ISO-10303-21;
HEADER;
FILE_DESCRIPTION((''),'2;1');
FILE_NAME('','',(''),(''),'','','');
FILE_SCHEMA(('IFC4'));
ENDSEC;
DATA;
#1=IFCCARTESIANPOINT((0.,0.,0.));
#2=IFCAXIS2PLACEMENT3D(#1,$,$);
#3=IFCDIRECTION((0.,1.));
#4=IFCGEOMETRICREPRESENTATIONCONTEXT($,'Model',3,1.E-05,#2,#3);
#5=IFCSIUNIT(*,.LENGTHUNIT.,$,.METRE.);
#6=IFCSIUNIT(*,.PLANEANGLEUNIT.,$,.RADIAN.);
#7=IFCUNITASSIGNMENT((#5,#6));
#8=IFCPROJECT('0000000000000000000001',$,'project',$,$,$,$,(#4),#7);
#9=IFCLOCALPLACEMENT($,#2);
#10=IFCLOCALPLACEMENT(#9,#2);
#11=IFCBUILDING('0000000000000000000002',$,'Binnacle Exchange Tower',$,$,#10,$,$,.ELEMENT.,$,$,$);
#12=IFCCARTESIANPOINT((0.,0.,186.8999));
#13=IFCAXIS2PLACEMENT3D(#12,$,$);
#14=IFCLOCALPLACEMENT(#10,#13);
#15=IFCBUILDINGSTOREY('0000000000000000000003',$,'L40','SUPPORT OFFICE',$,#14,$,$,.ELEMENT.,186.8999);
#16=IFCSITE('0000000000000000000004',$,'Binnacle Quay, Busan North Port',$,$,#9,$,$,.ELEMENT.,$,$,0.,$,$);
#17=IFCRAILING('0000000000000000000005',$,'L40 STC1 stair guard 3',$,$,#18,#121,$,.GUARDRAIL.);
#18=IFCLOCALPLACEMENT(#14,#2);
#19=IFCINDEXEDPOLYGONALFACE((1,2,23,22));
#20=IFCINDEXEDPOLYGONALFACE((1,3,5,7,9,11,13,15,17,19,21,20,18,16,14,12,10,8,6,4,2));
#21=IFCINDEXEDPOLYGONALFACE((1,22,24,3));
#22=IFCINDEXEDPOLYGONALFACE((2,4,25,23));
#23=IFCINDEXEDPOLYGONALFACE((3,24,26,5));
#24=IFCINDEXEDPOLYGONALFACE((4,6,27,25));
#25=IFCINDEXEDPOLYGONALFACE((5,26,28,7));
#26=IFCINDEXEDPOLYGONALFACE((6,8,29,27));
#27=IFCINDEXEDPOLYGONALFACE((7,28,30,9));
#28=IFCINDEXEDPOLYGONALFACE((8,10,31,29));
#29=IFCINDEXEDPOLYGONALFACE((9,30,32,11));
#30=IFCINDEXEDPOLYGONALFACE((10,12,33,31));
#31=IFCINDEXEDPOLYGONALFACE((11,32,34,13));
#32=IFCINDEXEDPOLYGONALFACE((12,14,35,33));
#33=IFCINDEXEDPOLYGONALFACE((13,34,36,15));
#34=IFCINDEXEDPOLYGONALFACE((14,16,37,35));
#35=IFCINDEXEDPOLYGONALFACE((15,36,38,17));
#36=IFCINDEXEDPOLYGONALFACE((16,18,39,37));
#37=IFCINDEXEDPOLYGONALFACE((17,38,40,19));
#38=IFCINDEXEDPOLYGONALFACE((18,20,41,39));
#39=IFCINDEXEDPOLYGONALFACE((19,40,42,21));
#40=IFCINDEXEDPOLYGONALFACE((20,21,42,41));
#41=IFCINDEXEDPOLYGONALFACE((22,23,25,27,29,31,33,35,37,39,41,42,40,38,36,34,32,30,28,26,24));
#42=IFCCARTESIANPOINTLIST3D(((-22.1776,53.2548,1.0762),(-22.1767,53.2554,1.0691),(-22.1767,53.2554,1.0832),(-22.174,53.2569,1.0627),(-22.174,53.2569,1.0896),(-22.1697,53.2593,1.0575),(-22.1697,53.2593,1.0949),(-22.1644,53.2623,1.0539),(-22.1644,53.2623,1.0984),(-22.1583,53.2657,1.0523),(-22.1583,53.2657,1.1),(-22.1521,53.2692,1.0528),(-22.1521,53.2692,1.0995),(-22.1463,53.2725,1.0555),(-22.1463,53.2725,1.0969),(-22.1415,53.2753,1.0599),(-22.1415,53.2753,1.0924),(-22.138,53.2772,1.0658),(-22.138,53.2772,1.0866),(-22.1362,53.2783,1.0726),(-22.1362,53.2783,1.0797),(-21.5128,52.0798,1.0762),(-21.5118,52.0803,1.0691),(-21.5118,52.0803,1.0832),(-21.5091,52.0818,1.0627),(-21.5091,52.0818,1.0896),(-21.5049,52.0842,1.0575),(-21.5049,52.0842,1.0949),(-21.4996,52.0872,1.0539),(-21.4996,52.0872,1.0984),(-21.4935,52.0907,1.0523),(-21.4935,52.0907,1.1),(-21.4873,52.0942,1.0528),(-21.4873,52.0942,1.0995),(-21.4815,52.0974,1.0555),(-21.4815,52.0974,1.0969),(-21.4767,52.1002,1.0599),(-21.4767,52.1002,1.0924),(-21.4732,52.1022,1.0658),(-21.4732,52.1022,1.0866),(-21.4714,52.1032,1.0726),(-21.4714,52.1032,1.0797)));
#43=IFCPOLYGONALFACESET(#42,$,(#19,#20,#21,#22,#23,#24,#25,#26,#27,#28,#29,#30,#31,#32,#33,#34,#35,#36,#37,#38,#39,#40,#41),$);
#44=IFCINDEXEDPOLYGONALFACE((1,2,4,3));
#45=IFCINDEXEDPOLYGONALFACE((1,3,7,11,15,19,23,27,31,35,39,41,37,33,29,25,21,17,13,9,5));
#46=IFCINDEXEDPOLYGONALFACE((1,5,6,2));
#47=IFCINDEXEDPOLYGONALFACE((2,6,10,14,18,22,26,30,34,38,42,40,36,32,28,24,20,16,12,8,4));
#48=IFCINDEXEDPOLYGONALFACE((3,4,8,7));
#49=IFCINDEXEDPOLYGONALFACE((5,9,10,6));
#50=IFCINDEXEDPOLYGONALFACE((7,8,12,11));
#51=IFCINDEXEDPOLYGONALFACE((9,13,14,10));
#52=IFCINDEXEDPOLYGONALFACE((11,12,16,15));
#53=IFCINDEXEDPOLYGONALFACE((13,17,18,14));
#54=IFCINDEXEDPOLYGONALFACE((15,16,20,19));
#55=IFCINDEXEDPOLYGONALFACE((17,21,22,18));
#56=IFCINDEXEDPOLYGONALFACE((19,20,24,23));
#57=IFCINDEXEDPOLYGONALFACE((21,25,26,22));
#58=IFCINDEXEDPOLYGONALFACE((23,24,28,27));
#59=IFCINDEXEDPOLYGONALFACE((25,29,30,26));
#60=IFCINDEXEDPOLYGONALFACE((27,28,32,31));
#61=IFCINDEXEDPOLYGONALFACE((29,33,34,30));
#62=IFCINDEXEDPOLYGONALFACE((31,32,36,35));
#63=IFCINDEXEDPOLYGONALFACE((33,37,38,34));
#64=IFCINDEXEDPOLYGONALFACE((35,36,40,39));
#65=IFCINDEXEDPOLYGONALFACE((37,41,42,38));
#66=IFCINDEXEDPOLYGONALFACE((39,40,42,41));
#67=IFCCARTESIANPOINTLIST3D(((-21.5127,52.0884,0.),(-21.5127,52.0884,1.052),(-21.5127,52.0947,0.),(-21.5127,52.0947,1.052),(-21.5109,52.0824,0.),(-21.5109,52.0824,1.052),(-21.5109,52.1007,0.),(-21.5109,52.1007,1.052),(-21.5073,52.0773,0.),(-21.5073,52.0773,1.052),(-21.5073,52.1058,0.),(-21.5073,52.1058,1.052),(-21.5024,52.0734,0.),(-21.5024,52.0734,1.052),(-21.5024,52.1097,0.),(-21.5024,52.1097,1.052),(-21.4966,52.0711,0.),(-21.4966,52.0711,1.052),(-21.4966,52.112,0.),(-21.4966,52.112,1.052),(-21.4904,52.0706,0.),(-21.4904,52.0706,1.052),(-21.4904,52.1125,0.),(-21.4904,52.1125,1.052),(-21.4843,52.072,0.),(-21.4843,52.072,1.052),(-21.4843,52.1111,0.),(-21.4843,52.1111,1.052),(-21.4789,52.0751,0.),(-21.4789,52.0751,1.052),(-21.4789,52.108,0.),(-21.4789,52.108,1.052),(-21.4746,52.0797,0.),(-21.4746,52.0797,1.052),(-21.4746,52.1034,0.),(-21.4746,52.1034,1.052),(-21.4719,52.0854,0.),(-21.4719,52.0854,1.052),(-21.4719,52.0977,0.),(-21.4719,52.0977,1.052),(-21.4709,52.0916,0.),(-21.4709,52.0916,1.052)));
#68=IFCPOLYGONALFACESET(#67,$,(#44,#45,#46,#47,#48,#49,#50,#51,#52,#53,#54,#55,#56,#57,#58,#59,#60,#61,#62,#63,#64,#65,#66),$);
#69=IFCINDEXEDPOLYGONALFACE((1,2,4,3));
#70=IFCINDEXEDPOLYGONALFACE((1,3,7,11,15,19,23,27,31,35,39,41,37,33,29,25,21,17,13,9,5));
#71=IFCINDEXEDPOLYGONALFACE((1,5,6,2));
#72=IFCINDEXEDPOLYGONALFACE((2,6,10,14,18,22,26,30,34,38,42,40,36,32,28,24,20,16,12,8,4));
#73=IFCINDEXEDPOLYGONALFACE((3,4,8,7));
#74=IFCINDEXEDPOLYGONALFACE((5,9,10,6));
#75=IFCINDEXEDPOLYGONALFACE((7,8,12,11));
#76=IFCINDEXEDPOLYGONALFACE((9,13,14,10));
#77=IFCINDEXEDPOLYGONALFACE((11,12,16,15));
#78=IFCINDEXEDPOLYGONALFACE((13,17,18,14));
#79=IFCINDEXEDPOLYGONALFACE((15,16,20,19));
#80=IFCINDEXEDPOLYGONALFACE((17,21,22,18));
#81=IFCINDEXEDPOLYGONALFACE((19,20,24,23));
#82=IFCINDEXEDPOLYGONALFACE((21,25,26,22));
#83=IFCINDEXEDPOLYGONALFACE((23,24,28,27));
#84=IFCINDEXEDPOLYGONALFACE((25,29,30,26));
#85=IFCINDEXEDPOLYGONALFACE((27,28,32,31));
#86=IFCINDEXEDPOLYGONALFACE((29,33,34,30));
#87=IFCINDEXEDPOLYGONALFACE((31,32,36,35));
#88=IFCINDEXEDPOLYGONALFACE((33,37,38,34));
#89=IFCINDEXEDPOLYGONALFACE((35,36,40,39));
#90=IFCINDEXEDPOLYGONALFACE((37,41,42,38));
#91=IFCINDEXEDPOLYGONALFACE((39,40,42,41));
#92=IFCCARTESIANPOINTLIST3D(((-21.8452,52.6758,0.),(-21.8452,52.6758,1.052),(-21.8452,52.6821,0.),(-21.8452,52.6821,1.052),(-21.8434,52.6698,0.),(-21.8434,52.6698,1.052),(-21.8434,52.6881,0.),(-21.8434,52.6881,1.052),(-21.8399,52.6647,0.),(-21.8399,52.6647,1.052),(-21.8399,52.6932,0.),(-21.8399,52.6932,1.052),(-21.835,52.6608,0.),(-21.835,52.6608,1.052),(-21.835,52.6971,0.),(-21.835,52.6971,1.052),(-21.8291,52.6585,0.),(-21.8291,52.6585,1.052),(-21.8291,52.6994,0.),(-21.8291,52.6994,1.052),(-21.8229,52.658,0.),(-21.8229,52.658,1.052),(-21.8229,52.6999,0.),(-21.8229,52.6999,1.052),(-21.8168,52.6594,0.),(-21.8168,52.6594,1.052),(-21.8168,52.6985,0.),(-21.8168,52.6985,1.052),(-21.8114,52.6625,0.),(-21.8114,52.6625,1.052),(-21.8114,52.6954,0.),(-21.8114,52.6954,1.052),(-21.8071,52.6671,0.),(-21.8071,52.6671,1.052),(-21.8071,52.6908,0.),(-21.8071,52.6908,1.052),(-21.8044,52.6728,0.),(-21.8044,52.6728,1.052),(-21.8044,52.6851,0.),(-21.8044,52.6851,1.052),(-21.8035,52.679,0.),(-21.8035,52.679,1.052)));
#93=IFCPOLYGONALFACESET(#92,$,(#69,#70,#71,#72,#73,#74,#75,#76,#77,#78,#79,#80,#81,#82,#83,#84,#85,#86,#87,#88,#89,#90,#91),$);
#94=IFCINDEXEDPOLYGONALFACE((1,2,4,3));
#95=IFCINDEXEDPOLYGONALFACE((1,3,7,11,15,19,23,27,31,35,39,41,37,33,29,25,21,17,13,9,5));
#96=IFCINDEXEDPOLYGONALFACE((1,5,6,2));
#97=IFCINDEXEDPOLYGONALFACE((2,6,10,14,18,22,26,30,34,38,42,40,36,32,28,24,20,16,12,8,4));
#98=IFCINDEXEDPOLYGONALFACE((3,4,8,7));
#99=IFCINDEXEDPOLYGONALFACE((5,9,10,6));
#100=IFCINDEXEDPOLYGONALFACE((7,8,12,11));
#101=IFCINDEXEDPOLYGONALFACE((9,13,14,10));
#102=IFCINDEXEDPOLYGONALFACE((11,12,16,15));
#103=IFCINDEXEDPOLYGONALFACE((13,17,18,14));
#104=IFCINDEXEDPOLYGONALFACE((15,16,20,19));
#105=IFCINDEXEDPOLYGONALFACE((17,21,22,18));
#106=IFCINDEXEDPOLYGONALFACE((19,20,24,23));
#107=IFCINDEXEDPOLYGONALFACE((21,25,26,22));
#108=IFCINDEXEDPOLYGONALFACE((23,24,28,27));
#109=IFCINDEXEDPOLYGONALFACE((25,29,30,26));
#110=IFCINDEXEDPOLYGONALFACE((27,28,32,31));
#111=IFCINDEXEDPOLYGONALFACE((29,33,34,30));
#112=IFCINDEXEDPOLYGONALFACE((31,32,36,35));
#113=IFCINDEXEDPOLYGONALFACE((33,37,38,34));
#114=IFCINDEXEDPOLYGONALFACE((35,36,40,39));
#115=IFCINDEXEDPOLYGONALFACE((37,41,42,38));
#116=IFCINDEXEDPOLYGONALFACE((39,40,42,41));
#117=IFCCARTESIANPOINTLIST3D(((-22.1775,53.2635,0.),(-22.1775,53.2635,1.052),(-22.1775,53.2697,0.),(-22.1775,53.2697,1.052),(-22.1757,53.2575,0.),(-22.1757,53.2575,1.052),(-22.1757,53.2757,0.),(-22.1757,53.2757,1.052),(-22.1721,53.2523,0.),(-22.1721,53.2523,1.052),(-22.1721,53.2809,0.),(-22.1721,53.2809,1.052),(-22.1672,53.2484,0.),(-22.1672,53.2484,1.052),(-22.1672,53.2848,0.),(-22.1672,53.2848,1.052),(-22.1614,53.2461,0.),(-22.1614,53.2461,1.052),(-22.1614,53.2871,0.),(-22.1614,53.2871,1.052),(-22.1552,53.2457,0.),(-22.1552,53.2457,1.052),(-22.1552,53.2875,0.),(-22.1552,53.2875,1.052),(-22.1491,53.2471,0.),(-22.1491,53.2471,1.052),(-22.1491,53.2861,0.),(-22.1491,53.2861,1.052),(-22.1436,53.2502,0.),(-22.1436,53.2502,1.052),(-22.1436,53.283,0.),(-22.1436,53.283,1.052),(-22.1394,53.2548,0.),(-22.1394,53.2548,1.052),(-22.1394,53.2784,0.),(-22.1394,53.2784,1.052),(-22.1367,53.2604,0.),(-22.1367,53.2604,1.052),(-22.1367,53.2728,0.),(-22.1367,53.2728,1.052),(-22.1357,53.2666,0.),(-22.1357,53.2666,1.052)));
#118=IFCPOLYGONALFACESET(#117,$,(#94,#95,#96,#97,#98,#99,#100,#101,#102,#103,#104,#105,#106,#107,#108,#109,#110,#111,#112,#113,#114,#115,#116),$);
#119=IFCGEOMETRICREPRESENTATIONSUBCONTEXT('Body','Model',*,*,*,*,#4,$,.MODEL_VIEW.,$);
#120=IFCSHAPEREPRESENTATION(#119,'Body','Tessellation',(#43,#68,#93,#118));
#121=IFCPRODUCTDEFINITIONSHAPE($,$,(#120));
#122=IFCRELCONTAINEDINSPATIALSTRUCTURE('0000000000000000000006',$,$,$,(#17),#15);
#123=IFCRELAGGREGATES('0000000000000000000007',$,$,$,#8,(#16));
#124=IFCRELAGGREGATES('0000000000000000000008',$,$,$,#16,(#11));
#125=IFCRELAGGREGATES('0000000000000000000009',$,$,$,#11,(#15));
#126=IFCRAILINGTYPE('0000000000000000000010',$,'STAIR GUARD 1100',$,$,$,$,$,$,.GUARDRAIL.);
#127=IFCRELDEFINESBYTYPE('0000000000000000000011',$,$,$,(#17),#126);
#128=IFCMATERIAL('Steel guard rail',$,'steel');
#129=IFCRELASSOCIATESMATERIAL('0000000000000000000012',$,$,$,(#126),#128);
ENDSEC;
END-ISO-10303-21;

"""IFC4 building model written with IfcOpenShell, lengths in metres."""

from ifc_helpers import new_model, si_unit, direction, frame, origin, origin_2d, place, context, subcontext, project, spatial, circle, extrude, material, type_object, element, save


model = new_model("IFC4")

# Units and contexts
model_context = context("Model", 3, precision=1e-05, world=origin(), true_north=direction((0.0, 1.0)))
body_context = subcontext(model_context, "Body", "Model", "MODEL_VIEW")
ifc_project = project(units=[si_unit("LENGTHUNIT", "METRE"), si_unit("PLANEANGLEUNIT", "RADIAN")], contexts=[model_context])

# Site, building, storey
site_placement = place(None, origin())
site = spatial("IfcSite", under=ifc_project, at=site_placement, Name="Binnacle Quay, Busan North Port", CompositionType="ELEMENT", RefElevation=0.0)
building_placement = place(site_placement, origin())
building = spatial("IfcBuilding", under=site, at=building_placement, Name="Binnacle Exchange Tower", CompositionType="ELEMENT")
storey_placement = place(building_placement, frame((0.0, 0.0, 186.8999)))
storey = spatial("IfcBuildingStorey", under=building, at=storey_placement, Name="L40", Description="SUPPORT OFFICE", CompositionType="ELEMENT", Elevation=186.8999)

# Railing
ifc_material_1 = material(Name="Steel guard rail", Category="steel")
railing_type_1 = type_object("IfcRailingType", Name="STAIR GUARD 1100", PredefinedType="GUARDRAIL", material=ifc_material_1)
railing_1_placement = place(storey_placement, frame((-21.4919, 52.0916, 0.0)))
element("IfcRailing", 1, at=railing_1_placement, inside=storey, type_object=railing_type_1, Name="L40 STC1 stair guard 3", PredefinedType="GUARDRAIL", context=body_context, shape_type="SweptSolid", body=[
    extrude(circle(Radius=0.0239, at=origin_2d()), frame((0.0, 0.0, 1.0762), z_axis=(-0.492415, 0.870361, 0.0), x_axis=(-0.870361, -0.492415, 0.0)), (0.0, 0.0, 1.0), 1.3501),
    extrude(circle(Radius=0.021, at=origin_2d()), origin(), (0.0, 0.0, 1.0), 1.052),
    extrude(circle(Radius=0.021, at=origin_2d()), frame((-0.3325, 0.5874, 0.0)), (0.0, 0.0, 1.0), 1.052),
    extrude(circle(Radius=0.021, at=origin_2d()), frame((-0.6648, 1.175, 0.0)), (0.0, 0.0, 1.0), 1.052),
])

save(model, "model.ifc")
